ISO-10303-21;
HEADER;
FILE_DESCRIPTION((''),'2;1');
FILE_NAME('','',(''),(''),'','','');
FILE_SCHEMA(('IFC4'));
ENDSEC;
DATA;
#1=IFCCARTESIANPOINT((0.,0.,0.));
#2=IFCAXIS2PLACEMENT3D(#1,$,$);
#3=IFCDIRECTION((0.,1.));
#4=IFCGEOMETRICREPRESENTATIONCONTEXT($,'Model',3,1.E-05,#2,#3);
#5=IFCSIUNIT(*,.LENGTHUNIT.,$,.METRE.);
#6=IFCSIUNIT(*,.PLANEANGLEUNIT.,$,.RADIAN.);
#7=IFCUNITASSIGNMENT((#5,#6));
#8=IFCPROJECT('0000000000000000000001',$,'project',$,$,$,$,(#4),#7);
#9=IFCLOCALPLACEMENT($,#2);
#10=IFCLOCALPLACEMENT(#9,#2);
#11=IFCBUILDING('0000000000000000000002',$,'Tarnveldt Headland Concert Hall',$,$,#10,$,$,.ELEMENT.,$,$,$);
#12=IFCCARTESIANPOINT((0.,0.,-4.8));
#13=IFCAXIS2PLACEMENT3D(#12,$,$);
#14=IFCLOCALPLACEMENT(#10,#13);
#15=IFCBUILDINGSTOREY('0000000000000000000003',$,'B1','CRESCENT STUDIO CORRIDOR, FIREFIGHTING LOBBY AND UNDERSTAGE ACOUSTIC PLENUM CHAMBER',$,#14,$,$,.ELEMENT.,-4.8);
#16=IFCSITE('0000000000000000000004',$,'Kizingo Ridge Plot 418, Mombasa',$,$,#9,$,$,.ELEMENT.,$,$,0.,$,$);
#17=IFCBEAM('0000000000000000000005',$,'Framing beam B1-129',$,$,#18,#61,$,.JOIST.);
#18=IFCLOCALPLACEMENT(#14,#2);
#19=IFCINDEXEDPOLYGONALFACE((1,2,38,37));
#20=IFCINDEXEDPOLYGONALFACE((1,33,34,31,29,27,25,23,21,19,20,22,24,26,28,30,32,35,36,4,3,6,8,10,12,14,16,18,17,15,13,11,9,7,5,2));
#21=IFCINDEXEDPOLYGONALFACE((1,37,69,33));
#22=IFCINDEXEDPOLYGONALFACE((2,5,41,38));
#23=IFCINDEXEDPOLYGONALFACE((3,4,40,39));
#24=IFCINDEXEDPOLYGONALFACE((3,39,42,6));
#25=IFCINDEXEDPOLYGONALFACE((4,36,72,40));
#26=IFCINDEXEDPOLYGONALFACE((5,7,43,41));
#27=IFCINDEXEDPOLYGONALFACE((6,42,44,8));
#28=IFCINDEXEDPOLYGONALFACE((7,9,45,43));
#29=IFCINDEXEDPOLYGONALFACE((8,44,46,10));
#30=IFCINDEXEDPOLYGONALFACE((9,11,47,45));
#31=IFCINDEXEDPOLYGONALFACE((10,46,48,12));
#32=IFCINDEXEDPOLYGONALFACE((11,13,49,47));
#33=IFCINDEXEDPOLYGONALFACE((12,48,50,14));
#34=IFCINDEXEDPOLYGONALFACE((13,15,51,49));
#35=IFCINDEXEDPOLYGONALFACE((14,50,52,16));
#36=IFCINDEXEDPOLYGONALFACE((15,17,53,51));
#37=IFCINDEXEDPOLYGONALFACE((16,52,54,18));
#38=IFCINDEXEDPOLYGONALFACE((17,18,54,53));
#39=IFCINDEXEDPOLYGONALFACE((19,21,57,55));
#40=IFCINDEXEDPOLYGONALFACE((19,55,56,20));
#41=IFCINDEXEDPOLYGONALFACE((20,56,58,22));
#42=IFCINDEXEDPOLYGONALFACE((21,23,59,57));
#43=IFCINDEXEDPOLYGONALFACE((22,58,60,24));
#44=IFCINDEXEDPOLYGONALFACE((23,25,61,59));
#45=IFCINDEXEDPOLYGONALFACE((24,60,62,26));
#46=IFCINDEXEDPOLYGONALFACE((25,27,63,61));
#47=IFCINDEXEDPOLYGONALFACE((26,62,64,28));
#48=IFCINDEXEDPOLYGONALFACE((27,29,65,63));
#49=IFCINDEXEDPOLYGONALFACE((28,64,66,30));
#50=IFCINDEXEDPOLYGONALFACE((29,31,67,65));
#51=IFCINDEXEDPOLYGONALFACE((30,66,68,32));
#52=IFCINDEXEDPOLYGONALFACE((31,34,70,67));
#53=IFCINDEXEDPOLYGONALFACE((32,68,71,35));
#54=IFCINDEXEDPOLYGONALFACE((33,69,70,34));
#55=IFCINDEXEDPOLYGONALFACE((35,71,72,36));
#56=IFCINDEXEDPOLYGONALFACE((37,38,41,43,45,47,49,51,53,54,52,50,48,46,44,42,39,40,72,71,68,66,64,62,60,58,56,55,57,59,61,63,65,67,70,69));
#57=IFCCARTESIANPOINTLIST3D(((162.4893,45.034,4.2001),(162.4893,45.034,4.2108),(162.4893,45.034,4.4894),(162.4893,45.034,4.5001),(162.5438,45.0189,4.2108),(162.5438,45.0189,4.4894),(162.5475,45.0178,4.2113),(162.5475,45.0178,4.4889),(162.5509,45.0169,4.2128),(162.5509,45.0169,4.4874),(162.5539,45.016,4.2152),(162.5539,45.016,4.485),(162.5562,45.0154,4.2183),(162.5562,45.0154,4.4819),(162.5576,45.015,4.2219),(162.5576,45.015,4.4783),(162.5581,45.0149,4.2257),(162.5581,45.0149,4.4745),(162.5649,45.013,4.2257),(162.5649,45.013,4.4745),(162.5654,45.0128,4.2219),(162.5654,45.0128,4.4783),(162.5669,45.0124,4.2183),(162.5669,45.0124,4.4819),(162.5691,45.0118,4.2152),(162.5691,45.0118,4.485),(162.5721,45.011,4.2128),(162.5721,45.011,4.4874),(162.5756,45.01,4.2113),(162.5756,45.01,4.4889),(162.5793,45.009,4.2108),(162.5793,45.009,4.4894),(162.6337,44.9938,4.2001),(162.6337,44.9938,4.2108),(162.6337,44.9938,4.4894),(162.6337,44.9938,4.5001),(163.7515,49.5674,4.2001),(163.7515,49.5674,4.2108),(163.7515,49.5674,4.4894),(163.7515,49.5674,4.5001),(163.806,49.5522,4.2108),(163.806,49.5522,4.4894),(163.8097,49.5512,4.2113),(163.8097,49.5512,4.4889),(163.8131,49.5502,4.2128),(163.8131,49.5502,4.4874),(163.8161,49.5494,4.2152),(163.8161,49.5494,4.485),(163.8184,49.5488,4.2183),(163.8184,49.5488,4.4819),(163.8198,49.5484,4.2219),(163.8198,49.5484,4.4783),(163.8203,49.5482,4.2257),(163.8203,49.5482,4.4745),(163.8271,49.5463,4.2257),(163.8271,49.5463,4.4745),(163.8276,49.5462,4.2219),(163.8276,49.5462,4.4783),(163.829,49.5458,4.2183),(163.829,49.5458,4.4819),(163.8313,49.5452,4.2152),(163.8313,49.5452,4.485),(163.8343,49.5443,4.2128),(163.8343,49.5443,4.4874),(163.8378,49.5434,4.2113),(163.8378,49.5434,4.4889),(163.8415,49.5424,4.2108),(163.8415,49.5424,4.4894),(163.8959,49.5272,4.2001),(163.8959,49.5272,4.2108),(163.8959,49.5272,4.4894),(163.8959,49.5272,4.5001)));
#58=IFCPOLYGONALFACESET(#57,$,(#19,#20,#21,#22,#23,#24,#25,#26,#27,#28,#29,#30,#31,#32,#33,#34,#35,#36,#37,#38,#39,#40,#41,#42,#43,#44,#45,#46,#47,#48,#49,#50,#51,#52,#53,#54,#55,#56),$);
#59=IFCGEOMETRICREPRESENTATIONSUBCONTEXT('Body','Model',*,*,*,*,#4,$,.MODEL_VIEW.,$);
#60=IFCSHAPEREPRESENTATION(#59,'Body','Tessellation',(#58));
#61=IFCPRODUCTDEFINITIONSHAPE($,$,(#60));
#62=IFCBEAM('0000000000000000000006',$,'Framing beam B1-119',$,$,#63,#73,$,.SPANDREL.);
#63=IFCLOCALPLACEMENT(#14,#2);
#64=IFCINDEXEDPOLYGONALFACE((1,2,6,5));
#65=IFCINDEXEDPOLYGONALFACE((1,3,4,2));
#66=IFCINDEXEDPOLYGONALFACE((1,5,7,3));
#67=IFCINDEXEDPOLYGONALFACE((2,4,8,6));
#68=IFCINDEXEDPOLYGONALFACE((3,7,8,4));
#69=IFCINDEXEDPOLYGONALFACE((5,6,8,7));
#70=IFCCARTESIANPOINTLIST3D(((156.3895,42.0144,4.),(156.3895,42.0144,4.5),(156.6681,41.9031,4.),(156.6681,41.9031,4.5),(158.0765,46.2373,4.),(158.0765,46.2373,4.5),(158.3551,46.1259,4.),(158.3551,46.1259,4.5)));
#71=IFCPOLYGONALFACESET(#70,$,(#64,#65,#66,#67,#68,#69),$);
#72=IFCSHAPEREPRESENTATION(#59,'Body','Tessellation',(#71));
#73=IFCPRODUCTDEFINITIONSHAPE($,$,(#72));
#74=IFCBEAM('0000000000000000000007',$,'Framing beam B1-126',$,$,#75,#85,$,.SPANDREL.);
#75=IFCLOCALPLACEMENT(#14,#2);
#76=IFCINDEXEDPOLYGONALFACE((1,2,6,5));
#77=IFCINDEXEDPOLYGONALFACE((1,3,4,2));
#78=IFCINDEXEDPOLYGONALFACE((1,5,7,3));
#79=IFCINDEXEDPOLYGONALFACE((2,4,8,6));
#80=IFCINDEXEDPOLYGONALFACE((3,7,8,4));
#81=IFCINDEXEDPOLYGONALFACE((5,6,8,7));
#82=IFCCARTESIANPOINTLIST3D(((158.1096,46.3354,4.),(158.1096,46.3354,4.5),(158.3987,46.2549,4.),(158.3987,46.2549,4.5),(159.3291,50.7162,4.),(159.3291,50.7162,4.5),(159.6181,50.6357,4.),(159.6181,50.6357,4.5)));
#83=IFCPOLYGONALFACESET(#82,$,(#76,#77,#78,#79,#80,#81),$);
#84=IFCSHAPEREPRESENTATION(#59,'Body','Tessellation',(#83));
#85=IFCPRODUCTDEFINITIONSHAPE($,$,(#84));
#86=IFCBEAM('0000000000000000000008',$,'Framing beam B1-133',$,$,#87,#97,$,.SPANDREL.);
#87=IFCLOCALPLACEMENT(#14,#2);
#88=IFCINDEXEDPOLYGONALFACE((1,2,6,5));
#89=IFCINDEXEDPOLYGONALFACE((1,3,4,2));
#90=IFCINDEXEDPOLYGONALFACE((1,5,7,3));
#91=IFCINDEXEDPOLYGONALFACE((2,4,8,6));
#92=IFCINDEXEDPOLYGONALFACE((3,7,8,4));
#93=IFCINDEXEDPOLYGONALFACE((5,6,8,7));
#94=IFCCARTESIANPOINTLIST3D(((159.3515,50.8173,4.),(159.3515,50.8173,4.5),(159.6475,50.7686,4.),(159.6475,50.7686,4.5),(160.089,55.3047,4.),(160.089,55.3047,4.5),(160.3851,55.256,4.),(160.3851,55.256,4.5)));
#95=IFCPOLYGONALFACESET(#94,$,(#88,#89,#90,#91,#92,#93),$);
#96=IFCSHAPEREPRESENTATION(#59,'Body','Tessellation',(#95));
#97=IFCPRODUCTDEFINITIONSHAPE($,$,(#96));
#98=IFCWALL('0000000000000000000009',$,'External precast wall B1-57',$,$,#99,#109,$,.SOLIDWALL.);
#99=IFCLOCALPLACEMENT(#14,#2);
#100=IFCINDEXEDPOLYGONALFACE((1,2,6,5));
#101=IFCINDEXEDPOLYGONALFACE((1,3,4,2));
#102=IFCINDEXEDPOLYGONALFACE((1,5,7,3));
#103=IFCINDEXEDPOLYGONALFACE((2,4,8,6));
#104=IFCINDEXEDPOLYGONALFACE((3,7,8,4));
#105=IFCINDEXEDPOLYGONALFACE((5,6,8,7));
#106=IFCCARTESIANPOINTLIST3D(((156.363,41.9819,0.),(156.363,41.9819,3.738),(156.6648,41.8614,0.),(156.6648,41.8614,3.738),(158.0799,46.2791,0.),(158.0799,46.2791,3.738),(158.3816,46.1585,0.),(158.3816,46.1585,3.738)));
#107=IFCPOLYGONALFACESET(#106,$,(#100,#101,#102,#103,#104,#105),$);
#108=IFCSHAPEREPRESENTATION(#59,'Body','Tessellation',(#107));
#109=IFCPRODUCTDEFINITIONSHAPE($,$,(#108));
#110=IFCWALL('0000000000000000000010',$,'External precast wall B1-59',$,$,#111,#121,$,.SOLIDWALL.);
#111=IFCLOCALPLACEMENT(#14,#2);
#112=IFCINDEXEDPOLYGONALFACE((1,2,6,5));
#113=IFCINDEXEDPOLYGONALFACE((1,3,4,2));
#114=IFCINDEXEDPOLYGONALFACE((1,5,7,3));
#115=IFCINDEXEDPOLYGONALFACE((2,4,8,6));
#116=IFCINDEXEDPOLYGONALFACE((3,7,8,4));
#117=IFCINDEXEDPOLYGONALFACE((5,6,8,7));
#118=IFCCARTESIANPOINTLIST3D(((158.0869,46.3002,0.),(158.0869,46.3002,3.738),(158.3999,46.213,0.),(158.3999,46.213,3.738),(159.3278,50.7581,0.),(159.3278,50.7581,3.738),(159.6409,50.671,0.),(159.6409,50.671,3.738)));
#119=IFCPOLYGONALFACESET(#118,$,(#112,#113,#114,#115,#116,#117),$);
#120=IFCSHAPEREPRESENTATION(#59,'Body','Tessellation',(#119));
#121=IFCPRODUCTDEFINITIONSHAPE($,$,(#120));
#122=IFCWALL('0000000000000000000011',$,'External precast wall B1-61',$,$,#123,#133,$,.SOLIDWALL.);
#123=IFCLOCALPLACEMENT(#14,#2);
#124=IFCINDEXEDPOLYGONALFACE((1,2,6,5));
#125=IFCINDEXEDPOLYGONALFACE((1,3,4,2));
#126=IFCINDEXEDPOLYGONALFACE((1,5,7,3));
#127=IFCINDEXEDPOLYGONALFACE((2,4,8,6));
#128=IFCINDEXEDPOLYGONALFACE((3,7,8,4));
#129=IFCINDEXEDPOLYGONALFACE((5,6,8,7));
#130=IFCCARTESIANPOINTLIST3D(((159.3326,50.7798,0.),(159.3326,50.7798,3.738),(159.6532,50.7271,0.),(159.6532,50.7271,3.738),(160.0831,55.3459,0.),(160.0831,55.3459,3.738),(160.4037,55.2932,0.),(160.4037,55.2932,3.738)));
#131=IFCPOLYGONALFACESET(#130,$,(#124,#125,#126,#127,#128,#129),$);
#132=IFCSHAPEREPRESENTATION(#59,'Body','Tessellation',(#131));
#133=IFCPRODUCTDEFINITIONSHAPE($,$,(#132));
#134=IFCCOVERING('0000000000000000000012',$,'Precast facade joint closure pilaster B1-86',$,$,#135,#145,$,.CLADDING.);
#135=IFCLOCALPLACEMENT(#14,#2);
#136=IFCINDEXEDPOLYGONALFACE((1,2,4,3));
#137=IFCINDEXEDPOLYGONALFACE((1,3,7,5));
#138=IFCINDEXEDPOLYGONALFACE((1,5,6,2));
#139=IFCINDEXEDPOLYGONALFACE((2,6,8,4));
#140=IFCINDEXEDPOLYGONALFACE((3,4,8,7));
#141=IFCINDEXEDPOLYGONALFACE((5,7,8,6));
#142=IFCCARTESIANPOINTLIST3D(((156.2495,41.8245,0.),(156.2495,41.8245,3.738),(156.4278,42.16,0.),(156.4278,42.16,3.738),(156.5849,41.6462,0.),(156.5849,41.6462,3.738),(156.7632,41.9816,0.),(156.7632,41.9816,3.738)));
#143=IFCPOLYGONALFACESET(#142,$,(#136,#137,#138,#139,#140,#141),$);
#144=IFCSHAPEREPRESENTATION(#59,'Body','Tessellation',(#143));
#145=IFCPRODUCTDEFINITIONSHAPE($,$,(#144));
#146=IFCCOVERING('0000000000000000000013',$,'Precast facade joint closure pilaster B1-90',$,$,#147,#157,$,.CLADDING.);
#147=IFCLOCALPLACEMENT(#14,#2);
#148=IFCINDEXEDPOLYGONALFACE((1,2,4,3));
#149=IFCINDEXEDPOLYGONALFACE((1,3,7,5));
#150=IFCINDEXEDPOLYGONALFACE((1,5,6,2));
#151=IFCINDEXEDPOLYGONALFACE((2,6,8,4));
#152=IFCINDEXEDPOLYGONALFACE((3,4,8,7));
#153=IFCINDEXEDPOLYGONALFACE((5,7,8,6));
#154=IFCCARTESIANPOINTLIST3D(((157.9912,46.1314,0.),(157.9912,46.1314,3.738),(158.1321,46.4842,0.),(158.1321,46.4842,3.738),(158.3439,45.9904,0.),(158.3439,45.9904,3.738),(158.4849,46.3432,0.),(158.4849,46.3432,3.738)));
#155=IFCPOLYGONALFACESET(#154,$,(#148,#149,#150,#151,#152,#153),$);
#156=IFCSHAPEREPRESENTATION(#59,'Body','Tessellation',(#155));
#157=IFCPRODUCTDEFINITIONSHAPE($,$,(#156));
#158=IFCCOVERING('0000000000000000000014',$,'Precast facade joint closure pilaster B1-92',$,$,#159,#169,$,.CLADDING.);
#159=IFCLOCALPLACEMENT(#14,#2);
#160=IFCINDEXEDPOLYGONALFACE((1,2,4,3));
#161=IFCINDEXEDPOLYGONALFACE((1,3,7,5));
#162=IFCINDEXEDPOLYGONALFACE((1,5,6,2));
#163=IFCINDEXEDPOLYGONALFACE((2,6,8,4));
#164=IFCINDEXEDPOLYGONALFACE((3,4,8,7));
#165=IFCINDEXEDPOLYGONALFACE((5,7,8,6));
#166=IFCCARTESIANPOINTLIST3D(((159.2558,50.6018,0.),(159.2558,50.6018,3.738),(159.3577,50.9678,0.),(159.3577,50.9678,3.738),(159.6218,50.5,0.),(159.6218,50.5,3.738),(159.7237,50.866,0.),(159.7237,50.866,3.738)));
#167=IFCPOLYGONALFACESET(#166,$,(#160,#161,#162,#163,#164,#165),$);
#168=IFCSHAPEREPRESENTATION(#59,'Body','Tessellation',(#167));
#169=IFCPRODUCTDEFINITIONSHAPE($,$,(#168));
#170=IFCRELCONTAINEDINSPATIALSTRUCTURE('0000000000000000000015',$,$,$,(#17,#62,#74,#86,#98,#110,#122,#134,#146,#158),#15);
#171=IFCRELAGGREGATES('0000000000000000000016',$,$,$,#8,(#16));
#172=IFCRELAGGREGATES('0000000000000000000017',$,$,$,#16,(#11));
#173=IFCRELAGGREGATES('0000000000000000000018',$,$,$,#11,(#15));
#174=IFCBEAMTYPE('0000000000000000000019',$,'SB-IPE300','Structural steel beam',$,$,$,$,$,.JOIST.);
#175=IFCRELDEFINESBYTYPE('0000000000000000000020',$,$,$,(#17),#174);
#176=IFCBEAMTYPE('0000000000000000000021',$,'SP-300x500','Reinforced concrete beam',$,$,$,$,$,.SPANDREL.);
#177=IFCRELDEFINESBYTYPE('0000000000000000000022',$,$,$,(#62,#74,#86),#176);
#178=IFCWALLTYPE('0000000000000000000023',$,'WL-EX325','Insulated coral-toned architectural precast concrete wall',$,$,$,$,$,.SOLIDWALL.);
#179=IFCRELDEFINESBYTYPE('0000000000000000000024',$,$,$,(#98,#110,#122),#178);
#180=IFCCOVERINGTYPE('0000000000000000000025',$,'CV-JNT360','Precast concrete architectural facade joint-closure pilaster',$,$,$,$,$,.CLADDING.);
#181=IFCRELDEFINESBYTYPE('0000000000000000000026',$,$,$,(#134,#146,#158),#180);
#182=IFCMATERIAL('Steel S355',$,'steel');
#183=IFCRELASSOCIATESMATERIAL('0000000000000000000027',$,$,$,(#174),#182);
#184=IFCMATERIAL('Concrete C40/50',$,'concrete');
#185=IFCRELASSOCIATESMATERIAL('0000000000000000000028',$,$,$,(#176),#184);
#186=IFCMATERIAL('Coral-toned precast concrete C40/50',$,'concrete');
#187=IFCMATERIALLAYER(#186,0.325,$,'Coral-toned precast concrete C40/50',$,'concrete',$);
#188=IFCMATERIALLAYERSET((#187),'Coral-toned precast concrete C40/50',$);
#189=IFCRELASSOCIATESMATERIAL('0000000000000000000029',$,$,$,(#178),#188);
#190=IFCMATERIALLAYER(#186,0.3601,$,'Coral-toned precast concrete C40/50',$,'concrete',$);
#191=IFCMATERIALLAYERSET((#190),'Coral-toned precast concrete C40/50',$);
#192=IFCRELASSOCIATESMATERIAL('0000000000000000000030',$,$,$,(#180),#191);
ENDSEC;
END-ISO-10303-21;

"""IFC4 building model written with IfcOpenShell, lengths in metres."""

from ifc_helpers import new_model, si_unit, direction, frame, frame_2d, origin, origin_2d, place, context, subcontext, project, spatial, rectangle, i_section, extrude, material, layer, layer_set, material_profile, profile_set, type_object, element, save


model = new_model("IFC4")

# Units and contexts
model_context = context("Model", 3, precision=1e-05, world=origin(), true_north=direction((0.0, 1.0)))
body_context = subcontext(model_context, "Body", "Model", "MODEL_VIEW")
ifc_project = project(units=[si_unit("LENGTHUNIT", "METRE"), si_unit("PLANEANGLEUNIT", "RADIAN")], contexts=[model_context])

# Site, building, storey
site_placement = place(None, origin())
site = spatial("IfcSite", under=ifc_project, at=site_placement, Name="Kizingo Ridge Plot 418, Mombasa", CompositionType="ELEMENT", RefElevation=0.0)
building_placement = place(site_placement, origin())
building = spatial("IfcBuilding", under=site, at=building_placement, Name="Tarnveldt Headland Concert Hall", CompositionType="ELEMENT")
storey_placement = place(building_placement, frame((0.0, 0.0, -4.8)))
storey = spatial("IfcBuildingStorey", under=building, at=storey_placement, Name="B1", Description="CRESCENT STUDIO CORRIDOR, FIREFIGHTING LOBBY AND UNDERSTAGE ACOUSTIC PLENUM CHAMBER", CompositionType="ELEMENT", Elevation=-4.8)

# Shared definitions
ifc_material_1 = material(Name="Concrete C40/50", Category="concrete")

# Beams
ifc_material_2 = material(Name="Steel S355", Category="steel")
ifc_material_profile_1 = material_profile(ifc_material_2, i_section(OverallWidth=0.1499, OverallDepth=0.3, WebThickness=0.0071, FlangeThickness=0.0107, FilletRadius=0.0149, at=origin_2d()), Name="IPE300", Category="steel")
ifc_profile_set_1 = profile_set([ifc_material_profile_1], Name="Steel S355")
beam_type_1 = type_object("IfcBeamType", Name="SB-IPE300", Description="Structural steel beam", PredefinedType="JOIST", material=ifc_profile_set_1)
beam_1_placement = place(storey_placement, frame((162.5615, 45.0139, 4.3501), z_axis=(0.268219, 0.963358, 0.0), x_axis=(-0.963358, 0.268219, 0.0)))
element("IfcBeam", 1, at=beam_1_placement, inside=storey, type_object=beam_type_1, Name="Framing beam B1-129", PredefinedType="JOIST", context=body_context, shape_type="SweptSolid", body=[
    extrude(i_section(OverallWidth=0.1499, OverallDepth=0.3, WebThickness=0.0071, FlangeThickness=0.0107, FilletRadius=0.0149, at=origin_2d()), origin(), (0.0, 0.0, 1.0), 4.7058),
])
ifc_material_profile_2 = material_profile(ifc_material_1, rectangle(XDim=0.3, YDim=0.5, at=origin_2d()), Name="RC SPANDREL 300x500", Category="concrete")
ifc_profile_set_2 = profile_set([ifc_material_profile_2], Name="Concrete C40/50")
beam_type_2 = type_object("IfcBeamType", Name="SP-300x500", Description="Reinforced concrete beam", PredefinedType="SPANDREL", material=ifc_profile_set_2)
for number, where, z_axis, x_axis, name in (
    (2, (156.5288, 41.9587, 4.25), (0.370983, 0.92864, 0.0), (-0.92864, 0.370983, 0.0), "Framing beam B1-119"),
    (3, (158.2542, 46.2952, 4.25), (0.26817, 0.963372, 0.0), (-0.963372, 0.26817, 0.0), "Framing beam B1-126"),
):
    element("IfcBeam", number, at=place(storey_placement, frame(where, z_axis=z_axis, x_axis=x_axis)), inside=storey, type_object=beam_type_2, Name=name, PredefinedType="SPANDREL", context=body_context, shape_type="SweptSolid", body=[
        extrude(rectangle(XDim=0.3, YDim=0.5, at=origin_2d()), origin(), (0.0, 0.0, 1.0), 4.5474),
    ])
beam_2_placement = place(storey_placement, frame((159.4995, 50.793, 4.25), z_axis=(0.162187, 0.98676, 0.0), x_axis=(-0.98676, 0.162187, 0.0)))
element("IfcBeam", 4, at=beam_2_placement, inside=storey, type_object=beam_type_2, Name="Framing beam B1-133", PredefinedType="SPANDREL", context=body_context, shape_type="SweptSolid", body=[
    extrude(rectangle(XDim=0.3, YDim=0.5, at=origin_2d()), origin(), (0.0, 0.0, 1.0), 4.5476),
])

# Walls
ifc_material_3 = material(Name="Coral-toned precast concrete C40/50", Category="concrete")
ifc_layer_1 = layer(ifc_material_3, 0.325, Name="Coral-toned precast concrete C40/50", Category="concrete")
ifc_layer_set_1 = layer_set([ifc_layer_1], Name="Coral-toned precast concrete C40/50")
wall_type = type_object("IfcWallType", Name="WL-EX325", Description="Insulated coral-toned architectural precast concrete wall", PredefinedType="SOLIDWALL", material=ifc_layer_set_1)
for number, where, z_axis, x_axis, name in (
    (5, (156.5139, 41.9216, 0.0), (0.0, 0.0, 1.0), (0.371009, 0.928629, 0.0), "External precast wall B1-57"),
    (6, (158.2434, 46.2566, 0.0), (0.0, 0.0, 1.0), (0.268172, 0.963371, 0.0), "External precast wall B1-59"),
    (7, (159.4929, 50.7534, 0.0), (0.0, 0.0, 1.0), (0.162183, 0.986761, 0.0), "External precast wall B1-61"),
):
    element("IfcWall", number, at=place(storey_placement, frame(where, z_axis=z_axis, x_axis=x_axis)), inside=storey, type_object=wall_type, Name=name, PredefinedType="SOLIDWALL", context=body_context, shape_type="SweptSolid", body=[
        extrude(rectangle(XDim=4.6274, YDim=0.325, at=frame_2d((2.3137, 0.0))), origin(), (0.0, 0.0, 1.0), 3.738),
    ])

# Coverings
ifc_layer_2 = layer(ifc_material_3, 0.3601, Name="Coral-toned precast concrete C40/50", Category="concrete")
ifc_layer_set_2 = layer_set([ifc_layer_2], Name="Coral-toned precast concrete C40/50")
covering_type = type_object("IfcCoveringType", Name="CV-JNT360", Description="Precast concrete architectural facade joint-closure pilaster", PredefinedType="CLADDING", material=ifc_layer_set_2)
for number, where, z_axis, x_axis, name in (
    (8, (156.5063, 41.9031, 0.0), (0.0, 0.0, 1.0), (0.469472, 0.882948, 0.0), "Precast facade joint closure pilaster B1-86"),
    (9, (158.238, 46.2373, 0.0), (0.0, 0.0, 1.0), (0.371044, 0.928615, 0.0), "Precast facade joint closure pilaster B1-90"),
    (10, (159.4897, 50.7339, 0.0), (0.0, 0.0, 1.0), (0.268079, 0.963397, 0.0), "Precast facade joint closure pilaster B1-92"),
):
    element("IfcCovering", number, at=place(storey_placement, frame(where, z_axis=z_axis, x_axis=x_axis)), inside=storey, type_object=covering_type, Name=name, PredefinedType="CLADDING", context=body_context, shape_type="SweptSolid", body=[
        extrude(rectangle(XDim=0.3799, YDim=0.3799, at=origin_2d()), origin(), (0.0, 0.0, 1.0), 3.738),
    ])

save(model, "model.ifc")
